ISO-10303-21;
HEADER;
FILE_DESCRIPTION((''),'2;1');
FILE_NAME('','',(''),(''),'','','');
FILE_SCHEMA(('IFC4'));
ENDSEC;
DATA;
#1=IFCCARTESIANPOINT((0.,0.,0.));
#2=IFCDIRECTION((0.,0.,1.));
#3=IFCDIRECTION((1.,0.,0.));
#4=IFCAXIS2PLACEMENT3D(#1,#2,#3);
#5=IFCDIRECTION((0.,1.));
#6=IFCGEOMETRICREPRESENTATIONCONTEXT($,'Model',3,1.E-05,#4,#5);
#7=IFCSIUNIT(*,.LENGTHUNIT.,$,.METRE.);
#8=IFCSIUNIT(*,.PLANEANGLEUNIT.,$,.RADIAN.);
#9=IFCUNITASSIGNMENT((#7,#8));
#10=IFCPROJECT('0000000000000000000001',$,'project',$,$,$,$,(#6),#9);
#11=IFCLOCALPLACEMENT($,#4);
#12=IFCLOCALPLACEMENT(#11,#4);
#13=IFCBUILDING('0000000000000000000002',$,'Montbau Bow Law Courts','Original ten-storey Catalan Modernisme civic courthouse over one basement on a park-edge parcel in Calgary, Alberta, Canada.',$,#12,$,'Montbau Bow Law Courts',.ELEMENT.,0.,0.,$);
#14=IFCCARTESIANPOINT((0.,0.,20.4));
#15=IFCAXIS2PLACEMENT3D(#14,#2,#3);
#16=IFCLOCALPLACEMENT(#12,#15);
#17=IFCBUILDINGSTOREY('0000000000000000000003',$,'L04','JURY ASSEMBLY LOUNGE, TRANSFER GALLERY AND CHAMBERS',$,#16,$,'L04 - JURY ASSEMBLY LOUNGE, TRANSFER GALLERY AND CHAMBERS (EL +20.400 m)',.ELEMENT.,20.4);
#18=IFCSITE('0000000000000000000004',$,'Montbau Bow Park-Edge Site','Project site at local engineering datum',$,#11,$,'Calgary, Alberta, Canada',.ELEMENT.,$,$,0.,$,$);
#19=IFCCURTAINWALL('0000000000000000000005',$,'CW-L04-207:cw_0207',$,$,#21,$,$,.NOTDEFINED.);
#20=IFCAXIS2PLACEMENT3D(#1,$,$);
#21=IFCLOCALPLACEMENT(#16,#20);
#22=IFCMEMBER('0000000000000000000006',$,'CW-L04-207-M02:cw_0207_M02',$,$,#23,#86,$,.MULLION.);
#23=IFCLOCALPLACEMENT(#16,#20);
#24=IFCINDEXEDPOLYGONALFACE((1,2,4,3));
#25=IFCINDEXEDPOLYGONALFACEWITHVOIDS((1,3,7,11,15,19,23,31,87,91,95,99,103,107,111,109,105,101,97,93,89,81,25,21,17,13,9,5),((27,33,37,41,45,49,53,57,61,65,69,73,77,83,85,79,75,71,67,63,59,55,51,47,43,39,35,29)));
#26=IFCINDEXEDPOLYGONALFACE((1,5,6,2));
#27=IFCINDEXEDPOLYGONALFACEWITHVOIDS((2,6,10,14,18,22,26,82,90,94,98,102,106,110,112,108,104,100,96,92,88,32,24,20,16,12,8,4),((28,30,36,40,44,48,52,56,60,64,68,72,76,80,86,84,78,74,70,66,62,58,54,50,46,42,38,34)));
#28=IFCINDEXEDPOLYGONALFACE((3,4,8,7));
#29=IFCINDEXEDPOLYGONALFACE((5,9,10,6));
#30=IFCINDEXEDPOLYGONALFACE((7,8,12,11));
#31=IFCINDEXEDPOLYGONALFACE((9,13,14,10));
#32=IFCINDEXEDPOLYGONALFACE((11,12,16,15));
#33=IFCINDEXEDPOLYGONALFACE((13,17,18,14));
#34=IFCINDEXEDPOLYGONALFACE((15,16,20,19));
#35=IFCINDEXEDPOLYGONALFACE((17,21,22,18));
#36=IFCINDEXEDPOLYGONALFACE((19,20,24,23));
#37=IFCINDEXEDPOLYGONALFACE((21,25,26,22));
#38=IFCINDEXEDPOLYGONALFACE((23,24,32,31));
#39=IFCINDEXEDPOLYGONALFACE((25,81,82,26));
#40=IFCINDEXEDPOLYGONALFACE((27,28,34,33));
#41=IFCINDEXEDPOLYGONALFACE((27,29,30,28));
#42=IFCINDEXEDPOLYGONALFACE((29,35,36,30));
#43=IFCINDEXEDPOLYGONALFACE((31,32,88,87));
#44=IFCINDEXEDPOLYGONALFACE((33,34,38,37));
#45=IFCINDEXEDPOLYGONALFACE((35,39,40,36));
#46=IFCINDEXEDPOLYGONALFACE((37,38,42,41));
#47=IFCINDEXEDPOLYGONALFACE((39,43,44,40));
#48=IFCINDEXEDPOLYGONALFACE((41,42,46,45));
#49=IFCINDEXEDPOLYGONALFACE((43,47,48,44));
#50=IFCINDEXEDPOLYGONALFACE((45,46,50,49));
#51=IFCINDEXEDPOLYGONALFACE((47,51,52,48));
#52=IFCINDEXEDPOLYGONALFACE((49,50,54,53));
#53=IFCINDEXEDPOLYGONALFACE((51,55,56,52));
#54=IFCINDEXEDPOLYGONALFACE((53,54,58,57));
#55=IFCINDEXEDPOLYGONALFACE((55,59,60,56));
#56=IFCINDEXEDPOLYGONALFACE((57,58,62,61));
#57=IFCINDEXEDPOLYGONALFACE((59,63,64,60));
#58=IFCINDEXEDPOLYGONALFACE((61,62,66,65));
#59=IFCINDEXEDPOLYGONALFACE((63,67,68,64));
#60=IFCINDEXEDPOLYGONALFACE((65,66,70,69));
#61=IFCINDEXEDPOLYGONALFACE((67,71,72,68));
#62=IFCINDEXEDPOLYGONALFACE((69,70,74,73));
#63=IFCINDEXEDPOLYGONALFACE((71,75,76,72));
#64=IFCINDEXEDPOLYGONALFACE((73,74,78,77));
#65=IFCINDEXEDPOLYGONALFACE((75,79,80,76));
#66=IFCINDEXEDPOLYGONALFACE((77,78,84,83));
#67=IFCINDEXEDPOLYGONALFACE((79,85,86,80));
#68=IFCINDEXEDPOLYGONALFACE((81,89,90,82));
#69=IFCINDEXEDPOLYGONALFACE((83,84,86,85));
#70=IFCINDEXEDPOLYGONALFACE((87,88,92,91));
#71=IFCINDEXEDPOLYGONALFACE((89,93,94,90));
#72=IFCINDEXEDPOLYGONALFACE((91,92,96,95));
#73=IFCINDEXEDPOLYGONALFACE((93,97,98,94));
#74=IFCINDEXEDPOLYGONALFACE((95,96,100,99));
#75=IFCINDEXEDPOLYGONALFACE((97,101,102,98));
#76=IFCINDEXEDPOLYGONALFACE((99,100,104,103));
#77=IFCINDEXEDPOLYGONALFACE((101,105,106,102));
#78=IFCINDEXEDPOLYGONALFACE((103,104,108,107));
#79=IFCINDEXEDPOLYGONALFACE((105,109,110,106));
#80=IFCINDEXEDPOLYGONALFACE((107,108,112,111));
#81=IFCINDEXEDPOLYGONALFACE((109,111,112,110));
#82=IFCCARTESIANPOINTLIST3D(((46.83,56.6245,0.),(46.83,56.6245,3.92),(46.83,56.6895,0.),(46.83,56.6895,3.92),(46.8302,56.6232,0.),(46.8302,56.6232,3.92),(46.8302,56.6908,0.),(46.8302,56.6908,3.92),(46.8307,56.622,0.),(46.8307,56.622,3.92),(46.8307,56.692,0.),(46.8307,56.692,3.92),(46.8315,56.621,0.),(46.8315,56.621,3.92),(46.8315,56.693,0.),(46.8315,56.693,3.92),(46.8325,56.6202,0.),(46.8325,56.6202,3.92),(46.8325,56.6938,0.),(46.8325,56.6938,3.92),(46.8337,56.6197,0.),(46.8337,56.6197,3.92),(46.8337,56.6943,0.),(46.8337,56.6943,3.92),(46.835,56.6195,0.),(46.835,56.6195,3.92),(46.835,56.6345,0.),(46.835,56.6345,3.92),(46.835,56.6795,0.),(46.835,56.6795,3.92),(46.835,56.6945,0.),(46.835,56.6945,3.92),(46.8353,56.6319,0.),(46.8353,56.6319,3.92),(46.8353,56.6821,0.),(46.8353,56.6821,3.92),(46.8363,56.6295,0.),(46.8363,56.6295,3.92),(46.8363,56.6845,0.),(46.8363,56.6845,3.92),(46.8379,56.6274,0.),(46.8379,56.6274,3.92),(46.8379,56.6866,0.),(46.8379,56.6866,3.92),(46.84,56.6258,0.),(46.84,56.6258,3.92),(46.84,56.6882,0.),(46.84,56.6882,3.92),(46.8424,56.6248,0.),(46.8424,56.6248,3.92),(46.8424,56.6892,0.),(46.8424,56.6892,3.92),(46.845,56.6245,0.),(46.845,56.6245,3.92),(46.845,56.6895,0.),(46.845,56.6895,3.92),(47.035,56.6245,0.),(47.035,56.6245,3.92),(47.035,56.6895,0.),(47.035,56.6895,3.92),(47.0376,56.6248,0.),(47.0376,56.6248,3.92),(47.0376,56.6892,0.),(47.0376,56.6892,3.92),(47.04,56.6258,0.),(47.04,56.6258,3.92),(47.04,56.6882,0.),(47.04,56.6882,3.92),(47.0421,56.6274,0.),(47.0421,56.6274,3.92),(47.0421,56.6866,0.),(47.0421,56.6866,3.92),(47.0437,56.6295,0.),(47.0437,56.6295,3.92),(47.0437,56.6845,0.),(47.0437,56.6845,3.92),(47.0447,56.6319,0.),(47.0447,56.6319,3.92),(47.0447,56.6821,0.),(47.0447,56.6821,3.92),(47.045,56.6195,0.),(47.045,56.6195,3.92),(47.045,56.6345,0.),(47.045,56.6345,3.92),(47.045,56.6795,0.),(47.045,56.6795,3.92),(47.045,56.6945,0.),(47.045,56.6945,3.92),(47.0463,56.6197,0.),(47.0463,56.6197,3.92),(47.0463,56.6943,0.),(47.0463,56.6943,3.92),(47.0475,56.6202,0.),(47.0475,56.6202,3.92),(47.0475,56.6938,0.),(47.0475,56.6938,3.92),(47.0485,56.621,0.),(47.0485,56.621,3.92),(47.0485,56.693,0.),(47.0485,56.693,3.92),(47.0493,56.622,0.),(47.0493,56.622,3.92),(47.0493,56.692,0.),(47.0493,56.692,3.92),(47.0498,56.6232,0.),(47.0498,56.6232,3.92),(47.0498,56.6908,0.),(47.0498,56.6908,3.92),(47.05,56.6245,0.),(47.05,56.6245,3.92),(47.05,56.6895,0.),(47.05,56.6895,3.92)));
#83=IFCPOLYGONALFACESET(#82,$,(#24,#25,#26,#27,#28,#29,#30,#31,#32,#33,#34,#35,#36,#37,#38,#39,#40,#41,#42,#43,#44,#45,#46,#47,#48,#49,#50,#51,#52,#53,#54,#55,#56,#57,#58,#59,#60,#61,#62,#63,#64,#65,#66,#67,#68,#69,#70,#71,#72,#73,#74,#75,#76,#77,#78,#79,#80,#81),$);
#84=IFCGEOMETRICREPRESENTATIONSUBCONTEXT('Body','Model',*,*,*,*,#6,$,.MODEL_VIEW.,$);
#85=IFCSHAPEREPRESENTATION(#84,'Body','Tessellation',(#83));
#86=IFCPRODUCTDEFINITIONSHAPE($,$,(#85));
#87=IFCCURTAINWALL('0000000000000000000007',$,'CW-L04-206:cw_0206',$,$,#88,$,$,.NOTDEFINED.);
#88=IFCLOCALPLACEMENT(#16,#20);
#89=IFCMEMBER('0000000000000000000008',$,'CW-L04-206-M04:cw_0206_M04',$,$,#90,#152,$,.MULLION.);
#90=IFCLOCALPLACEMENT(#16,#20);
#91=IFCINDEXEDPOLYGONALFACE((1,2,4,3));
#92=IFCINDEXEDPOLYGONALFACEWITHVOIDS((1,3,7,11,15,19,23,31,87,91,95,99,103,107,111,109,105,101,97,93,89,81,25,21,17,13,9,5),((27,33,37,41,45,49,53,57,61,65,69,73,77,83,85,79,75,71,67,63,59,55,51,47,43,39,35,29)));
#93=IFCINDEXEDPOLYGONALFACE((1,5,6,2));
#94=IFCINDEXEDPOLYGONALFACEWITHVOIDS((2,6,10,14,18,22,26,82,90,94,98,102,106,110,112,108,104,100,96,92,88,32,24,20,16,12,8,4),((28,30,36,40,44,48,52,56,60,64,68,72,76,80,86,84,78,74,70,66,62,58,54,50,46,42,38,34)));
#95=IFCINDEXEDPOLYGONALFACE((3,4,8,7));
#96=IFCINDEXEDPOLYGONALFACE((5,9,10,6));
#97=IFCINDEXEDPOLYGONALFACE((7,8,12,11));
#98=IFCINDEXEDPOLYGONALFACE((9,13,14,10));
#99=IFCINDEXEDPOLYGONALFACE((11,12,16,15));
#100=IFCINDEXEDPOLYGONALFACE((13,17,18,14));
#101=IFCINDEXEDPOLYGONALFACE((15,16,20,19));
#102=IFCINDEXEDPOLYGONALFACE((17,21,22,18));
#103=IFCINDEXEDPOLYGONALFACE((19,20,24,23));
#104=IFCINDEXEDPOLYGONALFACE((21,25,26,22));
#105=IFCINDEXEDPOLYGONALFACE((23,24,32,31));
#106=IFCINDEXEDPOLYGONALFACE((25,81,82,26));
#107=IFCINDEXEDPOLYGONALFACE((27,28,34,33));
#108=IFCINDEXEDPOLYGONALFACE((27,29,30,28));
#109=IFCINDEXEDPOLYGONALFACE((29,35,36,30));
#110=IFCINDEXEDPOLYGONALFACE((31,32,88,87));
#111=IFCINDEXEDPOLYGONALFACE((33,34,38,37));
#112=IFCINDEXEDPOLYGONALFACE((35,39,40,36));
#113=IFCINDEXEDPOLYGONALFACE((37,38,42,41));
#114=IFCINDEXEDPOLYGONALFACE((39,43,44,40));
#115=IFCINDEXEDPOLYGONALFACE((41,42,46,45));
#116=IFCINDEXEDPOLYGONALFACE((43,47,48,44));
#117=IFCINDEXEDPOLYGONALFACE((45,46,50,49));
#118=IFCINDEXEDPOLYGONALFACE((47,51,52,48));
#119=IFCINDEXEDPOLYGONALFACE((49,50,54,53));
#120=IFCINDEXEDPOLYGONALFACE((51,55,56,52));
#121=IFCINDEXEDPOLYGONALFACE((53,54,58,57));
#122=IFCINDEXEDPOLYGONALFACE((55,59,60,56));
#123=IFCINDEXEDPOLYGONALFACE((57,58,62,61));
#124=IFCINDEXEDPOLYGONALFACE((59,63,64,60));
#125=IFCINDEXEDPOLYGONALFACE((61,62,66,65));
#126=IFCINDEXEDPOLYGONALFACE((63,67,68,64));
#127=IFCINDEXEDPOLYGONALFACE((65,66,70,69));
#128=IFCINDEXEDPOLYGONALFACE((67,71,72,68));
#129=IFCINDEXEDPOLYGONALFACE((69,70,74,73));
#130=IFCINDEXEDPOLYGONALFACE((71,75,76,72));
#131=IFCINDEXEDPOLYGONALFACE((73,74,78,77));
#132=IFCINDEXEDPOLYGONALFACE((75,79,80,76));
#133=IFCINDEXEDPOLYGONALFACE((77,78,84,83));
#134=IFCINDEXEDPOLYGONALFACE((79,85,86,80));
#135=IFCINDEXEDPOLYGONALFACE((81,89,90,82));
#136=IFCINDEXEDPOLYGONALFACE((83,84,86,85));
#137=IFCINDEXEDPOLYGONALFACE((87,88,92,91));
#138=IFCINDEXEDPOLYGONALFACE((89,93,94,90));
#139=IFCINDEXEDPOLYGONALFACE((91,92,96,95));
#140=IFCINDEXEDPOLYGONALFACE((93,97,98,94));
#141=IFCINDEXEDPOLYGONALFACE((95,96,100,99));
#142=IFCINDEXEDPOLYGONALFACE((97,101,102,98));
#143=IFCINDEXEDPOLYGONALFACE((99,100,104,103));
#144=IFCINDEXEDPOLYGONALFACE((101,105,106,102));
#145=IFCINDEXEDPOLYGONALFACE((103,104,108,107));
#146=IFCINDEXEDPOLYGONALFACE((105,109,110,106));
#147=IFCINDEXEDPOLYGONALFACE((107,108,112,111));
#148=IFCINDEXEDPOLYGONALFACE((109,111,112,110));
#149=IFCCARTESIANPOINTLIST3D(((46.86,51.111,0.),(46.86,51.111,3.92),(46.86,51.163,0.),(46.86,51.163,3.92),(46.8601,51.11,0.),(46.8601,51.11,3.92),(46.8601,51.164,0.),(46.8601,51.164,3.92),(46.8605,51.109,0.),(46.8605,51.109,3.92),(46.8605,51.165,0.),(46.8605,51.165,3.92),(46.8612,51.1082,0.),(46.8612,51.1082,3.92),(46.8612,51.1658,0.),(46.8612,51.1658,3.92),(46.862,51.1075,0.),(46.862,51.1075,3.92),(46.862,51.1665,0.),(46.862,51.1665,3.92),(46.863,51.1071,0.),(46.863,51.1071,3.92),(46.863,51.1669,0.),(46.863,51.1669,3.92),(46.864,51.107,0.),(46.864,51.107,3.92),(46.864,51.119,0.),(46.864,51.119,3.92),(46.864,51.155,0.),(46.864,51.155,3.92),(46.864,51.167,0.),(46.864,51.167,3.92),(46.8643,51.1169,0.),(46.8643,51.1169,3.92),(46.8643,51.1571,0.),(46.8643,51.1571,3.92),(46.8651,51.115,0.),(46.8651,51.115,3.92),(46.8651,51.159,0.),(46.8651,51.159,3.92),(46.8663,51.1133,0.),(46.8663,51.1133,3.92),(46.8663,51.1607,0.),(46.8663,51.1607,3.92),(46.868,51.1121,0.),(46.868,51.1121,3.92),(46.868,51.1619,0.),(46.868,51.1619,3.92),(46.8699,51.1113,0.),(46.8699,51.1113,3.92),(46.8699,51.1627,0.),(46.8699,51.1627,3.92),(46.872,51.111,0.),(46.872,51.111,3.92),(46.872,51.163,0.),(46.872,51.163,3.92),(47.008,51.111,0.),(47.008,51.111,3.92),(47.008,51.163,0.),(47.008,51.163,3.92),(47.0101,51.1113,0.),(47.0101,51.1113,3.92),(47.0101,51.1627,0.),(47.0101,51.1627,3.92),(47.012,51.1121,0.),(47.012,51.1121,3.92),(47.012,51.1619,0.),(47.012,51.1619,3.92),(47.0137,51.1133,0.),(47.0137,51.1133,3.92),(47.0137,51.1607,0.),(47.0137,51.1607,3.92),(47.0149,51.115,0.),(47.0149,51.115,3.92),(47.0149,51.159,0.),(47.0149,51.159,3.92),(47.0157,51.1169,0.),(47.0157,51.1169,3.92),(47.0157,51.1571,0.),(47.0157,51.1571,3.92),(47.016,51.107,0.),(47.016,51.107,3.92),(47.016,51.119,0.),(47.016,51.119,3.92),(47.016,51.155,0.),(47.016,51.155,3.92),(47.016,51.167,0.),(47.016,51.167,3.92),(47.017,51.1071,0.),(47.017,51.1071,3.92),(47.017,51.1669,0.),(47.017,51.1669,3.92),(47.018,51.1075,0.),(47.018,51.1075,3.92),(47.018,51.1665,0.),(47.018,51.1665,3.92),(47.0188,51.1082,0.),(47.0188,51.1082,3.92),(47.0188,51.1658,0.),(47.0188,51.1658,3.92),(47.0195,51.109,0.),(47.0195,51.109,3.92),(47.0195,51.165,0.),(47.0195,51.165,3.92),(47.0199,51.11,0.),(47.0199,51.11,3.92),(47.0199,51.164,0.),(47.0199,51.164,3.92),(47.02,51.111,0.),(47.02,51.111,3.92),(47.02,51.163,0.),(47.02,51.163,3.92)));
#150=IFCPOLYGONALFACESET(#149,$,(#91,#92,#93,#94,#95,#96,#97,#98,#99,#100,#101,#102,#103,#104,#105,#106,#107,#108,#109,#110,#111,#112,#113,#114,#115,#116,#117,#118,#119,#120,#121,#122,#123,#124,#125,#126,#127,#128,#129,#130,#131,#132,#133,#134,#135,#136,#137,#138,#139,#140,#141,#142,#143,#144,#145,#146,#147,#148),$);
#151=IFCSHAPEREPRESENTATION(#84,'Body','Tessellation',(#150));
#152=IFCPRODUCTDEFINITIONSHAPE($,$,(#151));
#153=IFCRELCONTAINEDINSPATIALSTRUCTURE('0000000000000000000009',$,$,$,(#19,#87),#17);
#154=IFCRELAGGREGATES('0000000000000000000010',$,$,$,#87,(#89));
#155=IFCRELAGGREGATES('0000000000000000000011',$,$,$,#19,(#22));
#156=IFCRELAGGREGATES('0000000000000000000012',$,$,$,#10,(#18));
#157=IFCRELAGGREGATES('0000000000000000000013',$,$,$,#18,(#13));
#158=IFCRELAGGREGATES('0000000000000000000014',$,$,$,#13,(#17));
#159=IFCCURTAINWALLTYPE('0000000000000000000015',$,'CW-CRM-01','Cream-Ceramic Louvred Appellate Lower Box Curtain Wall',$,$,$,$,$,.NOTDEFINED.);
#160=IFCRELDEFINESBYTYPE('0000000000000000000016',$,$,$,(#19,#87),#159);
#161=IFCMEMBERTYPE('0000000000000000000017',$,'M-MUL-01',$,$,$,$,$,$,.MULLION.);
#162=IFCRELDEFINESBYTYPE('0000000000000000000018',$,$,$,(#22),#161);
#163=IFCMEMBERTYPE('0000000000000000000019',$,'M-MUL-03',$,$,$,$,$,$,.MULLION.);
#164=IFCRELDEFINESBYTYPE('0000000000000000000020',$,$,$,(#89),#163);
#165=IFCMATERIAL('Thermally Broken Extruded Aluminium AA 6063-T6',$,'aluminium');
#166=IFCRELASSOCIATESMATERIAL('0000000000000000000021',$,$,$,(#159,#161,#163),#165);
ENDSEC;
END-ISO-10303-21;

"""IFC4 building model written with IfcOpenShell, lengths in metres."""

from ifc_helpers import new_model, si_unit, direction, frame, origin_with_axes, origin_2d_with_axis, place, context, subcontext, project, spatial, hollow_rectangle, extrude, material, material_profile, profile_set, type_object, element, aggregate, save


model = new_model("IFC4")

# Units and contexts
model_context = context("Model", 3, precision=1e-05, world=origin_with_axes(), true_north=direction((0.0, 1.0)))
body_context = subcontext(model_context, "Body", "Model", "MODEL_VIEW")
ifc_project = project(units=[si_unit("LENGTHUNIT", "METRE"), si_unit("PLANEANGLEUNIT", "RADIAN")], contexts=[model_context])

# Site, building, storey
site_placement = place(None, origin_with_axes())
site = spatial("IfcSite", under=ifc_project, at=site_placement, Name="Montbau Bow Park-Edge Site", Description="Project site at local engineering datum", LongName="Calgary, Alberta, Canada", CompositionType="ELEMENT", RefElevation=0.0)
building_placement = place(site_placement, origin_with_axes())
building = spatial("IfcBuilding", under=site, at=building_placement, Name="Montbau Bow Law Courts", Description="Original ten-storey Catalan Modernisme civic courthouse over one basement on a park-edge parcel in Calgary, Alberta, Canada.", LongName="Montbau Bow Law Courts", CompositionType="ELEMENT", ElevationOfRefHeight=0.0, ElevationOfTerrain=0.0)
storey_placement = place(building_placement, frame((0.0, 0.0, 20.4), z_axis=(0.0, 0.0, 1.0), x_axis=(1.0, 0.0, 0.0)))
storey = spatial("IfcBuildingStorey", under=building, at=storey_placement, Name="L04", Description="JURY ASSEMBLY LOUNGE, TRANSFER GALLERY AND CHAMBERS", LongName="L04 - JURY ASSEMBLY LOUNGE, TRANSFER GALLERY AND CHAMBERS (EL +20.400 m)", CompositionType="ELEMENT", Elevation=20.4)

# Curtain walls, members
ifc_material_1 = material(Name="Thermally Broken Extruded Aluminium AA 6063-T6", Category="aluminium")
curtain_wall_type = type_object("IfcCurtainWallType", Name="CW-CRM-01", Description="Cream-Ceramic Louvred Appellate Lower Box Curtain Wall", PredefinedType="NOTDEFINED", material=ifc_material_1)
curtain_wall_1_placement = place(None, frame((46.94, 55.115, 20.4), z_axis=(0.0, 0.0, 1.0), x_axis=(1.0, 0.0, 0.0)))
curtain_wall_1 = element("IfcCurtainWall", 1, at=curtain_wall_1_placement, inside=storey, type_object=curtain_wall_type, Name="CW-L04-207:cw_0207", PredefinedType="NOTDEFINED")
ifc_material_profile_1 = material_profile(ifc_material_1, hollow_rectangle(XDim=0.075, YDim=0.22, WallThickness=0.005, InnerFilletRadius=0.01, OuterFilletRadius=0.005, at=origin_2d_with_axis()), Name="CWM-220X75", Category="Main", Priority=0)
ifc_profile_set_1 = profile_set([ifc_material_profile_1], Name="Thermally Broken Extruded Aluminium AA 6063-T6")
member_type_1 = type_object("IfcMemberType", Name="M-MUL-01", PredefinedType="MULLION", material=ifc_profile_set_1)
member_1_placement = place(None, frame((46.94, 56.657, 20.4), z_axis=(0.0, 0.0, 1.0), x_axis=(0.0, 1.0, 0.0)))
member_1 = element("IfcMember", 2, at=member_1_placement, type_object=member_type_1, Name="CW-L04-207-M02:cw_0207_M02", PredefinedType="MULLION", context=body_context, shape_type="SweptSolid", body=[
    extrude(hollow_rectangle(XDim=0.075, YDim=0.22, WallThickness=0.005, InnerFilletRadius=0.01, OuterFilletRadius=0.005, at=origin_2d_with_axis()), origin_with_axes(), (0.0, 0.0, 1.0), 3.92),
])
curtain_wall_2_placement = place(None, frame((46.94, 46.715, 20.4), z_axis=(0.0, 0.0, 1.0), x_axis=(1.0, 0.0, 0.0)))
curtain_wall_2 = element("IfcCurtainWall", 3, at=curtain_wall_2_placement, inside=storey, type_object=curtain_wall_type, Name="CW-L04-206:cw_0206", PredefinedType="NOTDEFINED")
ifc_material_profile_2 = material_profile(ifc_material_1, hollow_rectangle(XDim=0.06, YDim=0.16, WallThickness=0.004, InnerFilletRadius=0.008, OuterFilletRadius=0.004, at=origin_2d_with_axis()), Name="CWM-160X60", Category="Main", Priority=0)
ifc_profile_set_2 = profile_set([ifc_material_profile_2], Name="Thermally Broken Extruded Aluminium AA 6063-T6")
member_type_2 = type_object("IfcMemberType", Name="M-MUL-03", PredefinedType="MULLION", material=ifc_profile_set_2)
member_2_placement = place(None, frame((46.94, 51.137, 20.4), z_axis=(0.0, 0.0, 1.0), x_axis=(0.0, 1.0, 0.0)))
member_2 = element("IfcMember", 4, at=member_2_placement, type_object=member_type_2, Name="CW-L04-206-M04:cw_0206_M04", PredefinedType="MULLION", context=body_context, shape_type="SweptSolid", body=[
    extrude(hollow_rectangle(XDim=0.06, YDim=0.16, WallThickness=0.004, InnerFilletRadius=0.008, OuterFilletRadius=0.004, at=origin_2d_with_axis()), origin_with_axes(), (0.0, 0.0, 1.0), 3.92),
])

aggregate(curtain_wall_2, [member_2])
aggregate(curtain_wall_1, [member_1])

save(model, "model.ifc")
